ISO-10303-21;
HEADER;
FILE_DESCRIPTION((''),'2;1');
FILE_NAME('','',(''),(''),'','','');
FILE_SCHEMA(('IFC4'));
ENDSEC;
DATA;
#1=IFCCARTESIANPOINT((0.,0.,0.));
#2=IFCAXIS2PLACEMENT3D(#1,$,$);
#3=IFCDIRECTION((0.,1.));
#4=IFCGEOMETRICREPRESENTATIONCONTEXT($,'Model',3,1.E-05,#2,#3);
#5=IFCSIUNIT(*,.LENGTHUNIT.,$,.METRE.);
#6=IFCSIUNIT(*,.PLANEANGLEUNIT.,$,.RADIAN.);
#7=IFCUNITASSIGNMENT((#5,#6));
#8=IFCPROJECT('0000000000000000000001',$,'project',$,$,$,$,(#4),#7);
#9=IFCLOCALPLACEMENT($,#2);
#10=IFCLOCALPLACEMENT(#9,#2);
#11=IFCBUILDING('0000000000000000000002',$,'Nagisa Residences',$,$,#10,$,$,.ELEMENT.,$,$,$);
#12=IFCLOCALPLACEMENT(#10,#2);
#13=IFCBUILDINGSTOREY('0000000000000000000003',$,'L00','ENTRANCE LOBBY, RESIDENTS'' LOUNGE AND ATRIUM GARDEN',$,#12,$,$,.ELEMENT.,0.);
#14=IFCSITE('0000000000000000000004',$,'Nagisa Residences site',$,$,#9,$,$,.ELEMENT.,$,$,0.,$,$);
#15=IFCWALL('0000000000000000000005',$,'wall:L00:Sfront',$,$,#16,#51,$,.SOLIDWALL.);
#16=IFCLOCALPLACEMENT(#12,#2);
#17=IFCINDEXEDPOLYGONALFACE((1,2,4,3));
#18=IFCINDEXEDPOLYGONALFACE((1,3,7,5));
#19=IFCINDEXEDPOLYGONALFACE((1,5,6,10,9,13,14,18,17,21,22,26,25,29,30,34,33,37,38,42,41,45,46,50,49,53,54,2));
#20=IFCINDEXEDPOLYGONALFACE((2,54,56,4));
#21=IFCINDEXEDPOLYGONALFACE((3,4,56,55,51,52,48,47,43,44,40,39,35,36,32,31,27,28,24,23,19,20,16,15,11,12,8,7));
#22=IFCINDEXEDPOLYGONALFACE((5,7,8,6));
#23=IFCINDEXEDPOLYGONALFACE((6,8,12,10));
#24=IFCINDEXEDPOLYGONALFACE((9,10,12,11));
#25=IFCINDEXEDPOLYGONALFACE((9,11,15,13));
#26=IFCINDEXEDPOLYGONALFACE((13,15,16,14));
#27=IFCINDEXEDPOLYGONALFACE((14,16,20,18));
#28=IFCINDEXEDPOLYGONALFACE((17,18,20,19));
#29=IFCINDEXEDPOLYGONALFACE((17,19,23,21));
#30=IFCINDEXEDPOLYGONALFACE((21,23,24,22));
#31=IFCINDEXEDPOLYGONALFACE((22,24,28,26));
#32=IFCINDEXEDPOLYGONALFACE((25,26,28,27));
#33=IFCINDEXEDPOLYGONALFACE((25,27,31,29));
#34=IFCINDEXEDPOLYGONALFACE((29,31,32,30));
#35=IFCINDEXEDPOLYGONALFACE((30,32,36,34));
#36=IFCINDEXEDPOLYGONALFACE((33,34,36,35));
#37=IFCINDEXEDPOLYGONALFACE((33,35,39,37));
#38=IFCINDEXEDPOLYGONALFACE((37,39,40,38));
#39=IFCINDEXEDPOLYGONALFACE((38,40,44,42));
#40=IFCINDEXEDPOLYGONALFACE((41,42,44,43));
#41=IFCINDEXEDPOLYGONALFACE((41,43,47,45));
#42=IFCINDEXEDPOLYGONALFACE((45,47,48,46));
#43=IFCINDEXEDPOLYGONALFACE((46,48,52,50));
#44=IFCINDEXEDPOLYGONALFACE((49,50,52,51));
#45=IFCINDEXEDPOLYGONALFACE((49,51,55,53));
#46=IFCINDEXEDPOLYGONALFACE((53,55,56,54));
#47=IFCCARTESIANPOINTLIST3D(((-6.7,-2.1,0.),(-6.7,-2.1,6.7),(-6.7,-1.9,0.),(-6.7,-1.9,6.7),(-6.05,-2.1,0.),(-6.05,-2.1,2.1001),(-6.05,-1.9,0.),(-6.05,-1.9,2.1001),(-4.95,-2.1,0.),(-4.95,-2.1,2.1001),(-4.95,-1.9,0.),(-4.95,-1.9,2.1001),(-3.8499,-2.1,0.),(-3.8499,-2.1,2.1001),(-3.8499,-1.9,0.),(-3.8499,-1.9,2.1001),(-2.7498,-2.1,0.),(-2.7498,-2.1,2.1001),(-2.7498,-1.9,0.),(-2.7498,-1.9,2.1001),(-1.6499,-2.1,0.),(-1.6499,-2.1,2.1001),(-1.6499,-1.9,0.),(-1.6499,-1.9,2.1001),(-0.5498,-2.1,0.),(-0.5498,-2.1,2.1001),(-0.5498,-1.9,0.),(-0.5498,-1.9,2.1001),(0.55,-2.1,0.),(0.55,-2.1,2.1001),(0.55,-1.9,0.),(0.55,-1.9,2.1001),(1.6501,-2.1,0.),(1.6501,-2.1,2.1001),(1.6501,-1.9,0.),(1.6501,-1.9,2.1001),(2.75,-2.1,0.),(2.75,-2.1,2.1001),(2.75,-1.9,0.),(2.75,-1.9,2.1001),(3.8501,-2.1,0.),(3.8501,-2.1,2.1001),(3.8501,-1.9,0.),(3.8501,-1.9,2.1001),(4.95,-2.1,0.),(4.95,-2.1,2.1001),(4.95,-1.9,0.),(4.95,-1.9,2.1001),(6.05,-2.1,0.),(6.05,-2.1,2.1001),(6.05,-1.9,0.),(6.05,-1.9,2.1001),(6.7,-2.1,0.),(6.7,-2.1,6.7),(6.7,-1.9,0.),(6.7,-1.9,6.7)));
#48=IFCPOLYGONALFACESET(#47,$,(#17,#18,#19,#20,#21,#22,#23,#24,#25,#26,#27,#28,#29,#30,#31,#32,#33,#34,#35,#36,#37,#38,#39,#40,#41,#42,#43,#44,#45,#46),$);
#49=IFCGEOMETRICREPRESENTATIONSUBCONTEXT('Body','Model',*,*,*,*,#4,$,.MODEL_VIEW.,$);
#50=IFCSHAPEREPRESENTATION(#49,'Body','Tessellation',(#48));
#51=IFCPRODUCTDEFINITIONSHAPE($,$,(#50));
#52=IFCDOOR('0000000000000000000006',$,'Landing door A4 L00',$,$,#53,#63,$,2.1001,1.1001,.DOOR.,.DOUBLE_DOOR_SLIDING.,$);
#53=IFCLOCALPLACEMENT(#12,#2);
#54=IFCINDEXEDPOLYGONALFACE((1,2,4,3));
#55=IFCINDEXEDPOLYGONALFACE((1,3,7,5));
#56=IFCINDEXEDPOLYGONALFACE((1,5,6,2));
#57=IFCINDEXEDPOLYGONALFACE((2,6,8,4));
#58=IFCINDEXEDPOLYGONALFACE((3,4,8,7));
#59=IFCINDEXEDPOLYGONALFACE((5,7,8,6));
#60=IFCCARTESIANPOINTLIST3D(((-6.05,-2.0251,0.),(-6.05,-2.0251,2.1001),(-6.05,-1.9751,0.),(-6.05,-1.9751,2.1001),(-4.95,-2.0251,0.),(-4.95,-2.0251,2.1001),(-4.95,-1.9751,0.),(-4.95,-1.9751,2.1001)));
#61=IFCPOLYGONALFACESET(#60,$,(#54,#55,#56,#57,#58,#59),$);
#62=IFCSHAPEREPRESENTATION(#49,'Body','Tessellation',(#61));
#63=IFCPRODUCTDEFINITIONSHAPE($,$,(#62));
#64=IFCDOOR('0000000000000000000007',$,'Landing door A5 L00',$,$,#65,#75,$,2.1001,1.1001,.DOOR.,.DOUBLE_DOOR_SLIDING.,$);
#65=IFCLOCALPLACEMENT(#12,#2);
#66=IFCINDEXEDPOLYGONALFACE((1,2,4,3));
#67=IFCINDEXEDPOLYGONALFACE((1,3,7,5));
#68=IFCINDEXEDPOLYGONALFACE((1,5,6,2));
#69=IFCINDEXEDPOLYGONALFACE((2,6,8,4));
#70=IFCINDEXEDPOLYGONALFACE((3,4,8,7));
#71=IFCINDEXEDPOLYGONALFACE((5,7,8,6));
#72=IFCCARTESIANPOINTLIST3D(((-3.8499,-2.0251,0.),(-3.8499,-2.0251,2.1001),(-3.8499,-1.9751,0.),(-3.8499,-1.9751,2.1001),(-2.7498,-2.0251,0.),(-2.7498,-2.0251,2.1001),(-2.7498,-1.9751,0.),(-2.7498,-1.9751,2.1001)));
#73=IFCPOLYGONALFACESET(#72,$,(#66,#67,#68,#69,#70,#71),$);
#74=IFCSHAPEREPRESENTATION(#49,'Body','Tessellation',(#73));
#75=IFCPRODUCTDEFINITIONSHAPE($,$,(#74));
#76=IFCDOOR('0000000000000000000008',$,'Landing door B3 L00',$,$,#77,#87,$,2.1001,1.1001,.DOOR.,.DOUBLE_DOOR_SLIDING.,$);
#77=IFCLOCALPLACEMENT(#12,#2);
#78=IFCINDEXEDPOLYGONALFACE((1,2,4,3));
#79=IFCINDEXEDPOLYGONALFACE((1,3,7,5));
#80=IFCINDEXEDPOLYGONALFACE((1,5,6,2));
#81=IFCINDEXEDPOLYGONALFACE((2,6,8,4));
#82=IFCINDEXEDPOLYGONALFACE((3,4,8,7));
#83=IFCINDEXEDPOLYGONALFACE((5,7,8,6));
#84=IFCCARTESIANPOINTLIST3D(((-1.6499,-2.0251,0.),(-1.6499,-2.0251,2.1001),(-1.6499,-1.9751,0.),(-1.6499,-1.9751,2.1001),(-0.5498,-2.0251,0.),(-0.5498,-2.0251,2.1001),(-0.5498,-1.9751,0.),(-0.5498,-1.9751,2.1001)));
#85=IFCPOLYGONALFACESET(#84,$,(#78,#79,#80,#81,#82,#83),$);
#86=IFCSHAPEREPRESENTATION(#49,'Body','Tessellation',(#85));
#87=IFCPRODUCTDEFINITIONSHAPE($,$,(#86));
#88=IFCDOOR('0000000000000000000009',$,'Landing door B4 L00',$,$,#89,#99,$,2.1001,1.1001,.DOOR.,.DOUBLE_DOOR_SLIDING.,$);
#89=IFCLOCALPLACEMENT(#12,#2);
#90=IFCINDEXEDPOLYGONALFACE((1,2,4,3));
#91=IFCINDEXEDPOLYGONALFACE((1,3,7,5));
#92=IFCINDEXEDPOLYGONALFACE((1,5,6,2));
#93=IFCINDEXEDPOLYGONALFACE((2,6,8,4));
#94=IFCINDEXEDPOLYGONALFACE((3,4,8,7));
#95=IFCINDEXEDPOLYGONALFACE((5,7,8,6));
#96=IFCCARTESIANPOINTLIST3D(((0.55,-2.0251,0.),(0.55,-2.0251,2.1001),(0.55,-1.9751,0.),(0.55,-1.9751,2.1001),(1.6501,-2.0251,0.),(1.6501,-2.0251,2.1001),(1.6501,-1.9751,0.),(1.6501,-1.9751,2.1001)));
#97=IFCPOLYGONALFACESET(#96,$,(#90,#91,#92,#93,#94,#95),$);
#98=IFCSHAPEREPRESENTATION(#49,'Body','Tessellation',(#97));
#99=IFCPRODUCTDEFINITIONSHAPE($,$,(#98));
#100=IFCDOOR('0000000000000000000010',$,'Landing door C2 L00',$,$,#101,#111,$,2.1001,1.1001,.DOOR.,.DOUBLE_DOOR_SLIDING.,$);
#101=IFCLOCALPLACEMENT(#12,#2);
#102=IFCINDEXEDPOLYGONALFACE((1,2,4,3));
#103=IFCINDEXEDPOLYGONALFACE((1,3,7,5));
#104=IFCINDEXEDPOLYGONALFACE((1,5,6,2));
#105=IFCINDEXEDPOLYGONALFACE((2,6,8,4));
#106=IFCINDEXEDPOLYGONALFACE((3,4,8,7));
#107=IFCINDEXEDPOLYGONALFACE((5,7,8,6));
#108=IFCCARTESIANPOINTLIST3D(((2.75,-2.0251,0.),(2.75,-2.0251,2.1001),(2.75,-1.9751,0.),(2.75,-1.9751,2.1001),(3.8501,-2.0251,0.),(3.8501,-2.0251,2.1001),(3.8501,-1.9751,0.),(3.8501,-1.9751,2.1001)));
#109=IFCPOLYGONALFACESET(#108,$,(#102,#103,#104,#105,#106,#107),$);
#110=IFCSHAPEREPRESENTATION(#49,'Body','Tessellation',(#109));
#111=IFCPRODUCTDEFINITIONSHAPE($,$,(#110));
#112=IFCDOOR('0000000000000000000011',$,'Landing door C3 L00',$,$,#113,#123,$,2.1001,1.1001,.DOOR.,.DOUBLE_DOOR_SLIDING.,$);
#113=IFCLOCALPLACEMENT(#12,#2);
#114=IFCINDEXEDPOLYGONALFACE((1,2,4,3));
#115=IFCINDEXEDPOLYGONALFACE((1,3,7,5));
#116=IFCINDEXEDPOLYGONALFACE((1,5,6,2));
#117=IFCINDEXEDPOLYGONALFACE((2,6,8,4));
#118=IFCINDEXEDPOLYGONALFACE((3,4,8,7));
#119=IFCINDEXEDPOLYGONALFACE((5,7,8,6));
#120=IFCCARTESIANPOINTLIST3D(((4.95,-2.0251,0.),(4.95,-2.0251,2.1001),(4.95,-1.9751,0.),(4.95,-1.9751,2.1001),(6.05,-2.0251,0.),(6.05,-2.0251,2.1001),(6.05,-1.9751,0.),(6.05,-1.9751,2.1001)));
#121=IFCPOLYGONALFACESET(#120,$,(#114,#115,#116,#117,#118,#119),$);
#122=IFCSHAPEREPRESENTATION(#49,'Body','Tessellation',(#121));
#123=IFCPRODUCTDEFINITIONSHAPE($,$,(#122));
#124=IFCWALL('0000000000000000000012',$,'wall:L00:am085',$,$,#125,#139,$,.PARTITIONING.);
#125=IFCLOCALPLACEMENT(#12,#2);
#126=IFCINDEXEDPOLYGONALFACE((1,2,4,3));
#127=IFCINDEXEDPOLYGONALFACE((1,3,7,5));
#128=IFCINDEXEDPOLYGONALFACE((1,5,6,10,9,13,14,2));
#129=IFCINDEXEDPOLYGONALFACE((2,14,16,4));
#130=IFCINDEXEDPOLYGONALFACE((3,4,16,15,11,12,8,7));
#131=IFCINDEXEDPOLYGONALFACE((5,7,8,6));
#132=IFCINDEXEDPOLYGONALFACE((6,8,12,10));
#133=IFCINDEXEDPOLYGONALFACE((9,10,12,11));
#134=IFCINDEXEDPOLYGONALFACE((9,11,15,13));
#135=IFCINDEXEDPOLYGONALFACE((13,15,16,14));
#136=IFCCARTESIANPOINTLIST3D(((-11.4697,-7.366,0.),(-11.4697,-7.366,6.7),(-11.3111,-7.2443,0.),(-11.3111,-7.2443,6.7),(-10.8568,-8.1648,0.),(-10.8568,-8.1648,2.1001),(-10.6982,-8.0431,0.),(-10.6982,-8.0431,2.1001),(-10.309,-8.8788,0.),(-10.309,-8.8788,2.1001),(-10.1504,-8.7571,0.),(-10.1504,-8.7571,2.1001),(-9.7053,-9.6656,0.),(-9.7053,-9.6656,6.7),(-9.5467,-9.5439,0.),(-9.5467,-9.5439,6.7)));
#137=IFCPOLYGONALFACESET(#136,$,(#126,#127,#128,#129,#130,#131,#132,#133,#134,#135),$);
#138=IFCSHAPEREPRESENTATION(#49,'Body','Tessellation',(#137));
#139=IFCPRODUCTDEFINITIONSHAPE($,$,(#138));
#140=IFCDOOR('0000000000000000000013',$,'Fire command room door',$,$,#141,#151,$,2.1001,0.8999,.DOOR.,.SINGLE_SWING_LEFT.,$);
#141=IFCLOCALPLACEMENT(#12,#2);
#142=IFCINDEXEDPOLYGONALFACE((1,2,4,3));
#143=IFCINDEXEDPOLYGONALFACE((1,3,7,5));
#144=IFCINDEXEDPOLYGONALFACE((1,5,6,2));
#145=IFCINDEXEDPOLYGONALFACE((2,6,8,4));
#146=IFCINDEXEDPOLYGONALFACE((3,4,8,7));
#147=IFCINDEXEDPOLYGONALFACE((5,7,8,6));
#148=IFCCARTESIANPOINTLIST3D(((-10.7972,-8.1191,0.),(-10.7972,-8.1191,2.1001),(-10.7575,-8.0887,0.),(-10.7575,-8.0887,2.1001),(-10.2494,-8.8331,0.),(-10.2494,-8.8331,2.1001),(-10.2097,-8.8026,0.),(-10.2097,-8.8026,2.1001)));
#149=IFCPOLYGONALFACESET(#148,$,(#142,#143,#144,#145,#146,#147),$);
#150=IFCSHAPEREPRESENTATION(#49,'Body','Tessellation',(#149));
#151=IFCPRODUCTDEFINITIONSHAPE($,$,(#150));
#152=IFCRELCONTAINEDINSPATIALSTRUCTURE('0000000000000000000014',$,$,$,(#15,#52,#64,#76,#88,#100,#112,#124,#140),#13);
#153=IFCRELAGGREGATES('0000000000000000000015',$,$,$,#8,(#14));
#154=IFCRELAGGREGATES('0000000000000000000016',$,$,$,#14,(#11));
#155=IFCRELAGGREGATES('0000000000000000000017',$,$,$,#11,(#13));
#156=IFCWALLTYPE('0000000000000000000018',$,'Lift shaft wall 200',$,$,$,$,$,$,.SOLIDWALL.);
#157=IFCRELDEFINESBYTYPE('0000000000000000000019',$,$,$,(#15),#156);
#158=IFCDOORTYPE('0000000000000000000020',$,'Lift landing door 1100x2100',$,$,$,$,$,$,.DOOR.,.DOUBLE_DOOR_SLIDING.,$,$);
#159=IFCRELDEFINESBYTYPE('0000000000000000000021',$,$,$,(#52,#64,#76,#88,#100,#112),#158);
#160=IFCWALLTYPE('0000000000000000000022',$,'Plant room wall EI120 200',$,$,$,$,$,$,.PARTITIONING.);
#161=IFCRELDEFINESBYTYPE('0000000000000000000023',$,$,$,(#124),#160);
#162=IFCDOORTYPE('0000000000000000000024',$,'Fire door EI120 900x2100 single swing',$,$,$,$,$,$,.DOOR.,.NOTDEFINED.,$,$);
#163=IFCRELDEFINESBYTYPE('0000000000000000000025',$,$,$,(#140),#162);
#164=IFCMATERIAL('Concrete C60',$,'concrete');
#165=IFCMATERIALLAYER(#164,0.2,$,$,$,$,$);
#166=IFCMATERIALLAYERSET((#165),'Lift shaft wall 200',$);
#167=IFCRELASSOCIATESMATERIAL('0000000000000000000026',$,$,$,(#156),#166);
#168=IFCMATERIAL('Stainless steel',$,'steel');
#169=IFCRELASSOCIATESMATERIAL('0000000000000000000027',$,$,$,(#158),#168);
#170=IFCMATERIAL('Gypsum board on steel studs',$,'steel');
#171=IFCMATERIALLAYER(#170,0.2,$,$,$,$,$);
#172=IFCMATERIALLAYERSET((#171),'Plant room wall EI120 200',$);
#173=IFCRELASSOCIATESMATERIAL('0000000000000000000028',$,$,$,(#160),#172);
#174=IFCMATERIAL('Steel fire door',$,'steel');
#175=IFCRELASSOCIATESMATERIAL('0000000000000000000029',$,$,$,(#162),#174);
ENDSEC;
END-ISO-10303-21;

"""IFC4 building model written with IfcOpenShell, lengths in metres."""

from ifc_helpers import new_model, si_unit, direction, frame, frame_2d, origin, place, context, subcontext, project, spatial, rectangle, extrude, material, layer, layer_set, type_object, element, fill, save


model = new_model("IFC4")

# Units and contexts
model_context = context("Model", 3, precision=1e-05, world=origin(), true_north=direction((0.0, 1.0)))
body_context = subcontext(model_context, "Body", "Model", "MODEL_VIEW")
ifc_project = project(units=[si_unit("LENGTHUNIT", "METRE"), si_unit("PLANEANGLEUNIT", "RADIAN")], contexts=[model_context])

# Site, building, storey
site_placement = place(None, origin())
site = spatial("IfcSite", under=ifc_project, at=site_placement, Name="Nagisa Residences site", CompositionType="ELEMENT", RefElevation=0.0)
building_placement = place(site_placement, origin())
building = spatial("IfcBuilding", under=site, at=building_placement, Name="Nagisa Residences", CompositionType="ELEMENT")
storey_placement = place(building_placement, origin())
storey = spatial("IfcBuildingStorey", under=building, at=storey_placement, Name="L00", Description="ENTRANCE LOBBY, RESIDENTS' LOUNGE AND ATRIUM GARDEN", CompositionType="ELEMENT", Elevation=0.0)

# Shared definitions
ifc_material_1 = material(Name="Concrete C60", Category="concrete")
ifc_layer_1 = layer(ifc_material_1, 0.2)
ifc_layer_set_1 = layer_set([ifc_layer_1], Name="Lift shaft wall 200")
wall_type_1 = type_object("IfcWallType", Name="Lift shaft wall 200", PredefinedType="SOLIDWALL", material=ifc_layer_set_1)

# Wall, openings, doors
wall_1_placement = place(storey_placement, frame((-6.7, -2.0, 0.0), z_axis=(0.0, 0.0, 1.0), x_axis=(1.0, 0.0, 0.0)))
wall_1 = element("IfcWall", 1, at=wall_1_placement, inside=storey, type_object=wall_type_1, Name="wall:L00:Sfront", PredefinedType="SOLIDWALL", context=body_context, shape_type="SweptSolid", body=[
    extrude(rectangle(XDim=13.3999, YDim=0.2, at=frame_2d((6.7, 0.0))), origin(), (0.0, 0.0, 1.0), 6.7),
])
opening_1_placement = place(wall_1_placement, frame((0.6499, 0.0, 0.0)))
opening_1 = element("IfcOpeningElement", 2, at=opening_1_placement, cuts=wall_1, PredefinedType="OPENING", context=body_context, shape_type="SweptSolid", body=[
    extrude(rectangle(XDim=1.1001, YDim=2.1001, at=frame_2d((0.55, 1.05))), frame((0.0, 0.1099, 0.0), z_axis=(0.0, -1.0, 0.0), x_axis=(1.0, 0.0, 0.0)), (0.0, 0.0, 1.0), 0.22),
])
opening_2_placement = place(wall_1_placement, frame((2.8501, 0.0, 0.0)))
opening_2 = element("IfcOpeningElement", 3, at=opening_2_placement, cuts=wall_1, PredefinedType="OPENING", context=body_context, shape_type="SweptSolid", body=[
    extrude(rectangle(XDim=1.1001, YDim=2.1001, at=frame_2d((0.55, 1.05))), frame((0.0, 0.1099, 0.0), z_axis=(0.0, -1.0, 0.0), x_axis=(1.0, 0.0, 0.0)), (0.0, 0.0, 1.0), 0.22),
])
opening_3_placement = place(wall_1_placement, frame((5.05, 0.0, 0.0)))
opening_3 = element("IfcOpeningElement", 4, at=opening_3_placement, cuts=wall_1, PredefinedType="OPENING", context=body_context, shape_type="SweptSolid", body=[
    extrude(rectangle(XDim=1.1001, YDim=2.1001, at=frame_2d((0.55, 1.05))), frame((0.0, 0.1099, 0.0), z_axis=(0.0, -1.0, 0.0), x_axis=(1.0, 0.0, 0.0)), (0.0, 0.0, 1.0), 0.22),
])
opening_4_placement = place(wall_1_placement, frame((7.25, 0.0, 0.0)))
opening_4 = element("IfcOpeningElement", 5, at=opening_4_placement, cuts=wall_1, PredefinedType="OPENING", context=body_context, shape_type="SweptSolid", body=[
    extrude(rectangle(XDim=1.1001, YDim=2.1001, at=frame_2d((0.55, 1.05))), frame((0.0, 0.1099, 0.0), z_axis=(0.0, -1.0, 0.0), x_axis=(1.0, 0.0, 0.0)), (0.0, 0.0, 1.0), 0.22),
])
opening_5_placement = place(wall_1_placement, frame((9.45, 0.0, 0.0)))
opening_5 = element("IfcOpeningElement", 6, at=opening_5_placement, cuts=wall_1, PredefinedType="OPENING", context=body_context, shape_type="SweptSolid", body=[
    extrude(rectangle(XDim=1.1001, YDim=2.1001, at=frame_2d((0.55, 1.05))), frame((0.0, 0.1099, 0.0), z_axis=(0.0, -1.0, 0.0), x_axis=(1.0, 0.0, 0.0)), (0.0, 0.0, 1.0), 0.22),
])
opening_6_placement = place(wall_1_placement, frame((11.6499, 0.0, 0.0)))
opening_6 = element("IfcOpeningElement", 7, at=opening_6_placement, cuts=wall_1, PredefinedType="OPENING", context=body_context, shape_type="SweptSolid", body=[
    extrude(rectangle(XDim=1.1001, YDim=2.1001, at=frame_2d((0.55, 1.05))), frame((0.0, 0.1099, 0.0), z_axis=(0.0, -1.0, 0.0), x_axis=(1.0, 0.0, 0.0)), (0.0, 0.0, 1.0), 0.22),
])
ifc_material_2 = material(Name="Stainless steel", Category="steel")
door_type_1 = type_object("IfcDoorType", Name="Lift landing door 1100x2100", OperationType="DOUBLE_DOOR_SLIDING", PredefinedType="DOOR", material=ifc_material_2)
door_1_placement = place(opening_1_placement, origin())
door_1 = element("IfcDoor", 8, at=door_1_placement, inside=storey, type_object=door_type_1, Name="Landing door A4 L00", OperationType="DOUBLE_DOOR_SLIDING", OverallHeight=2.1001, OverallWidth=1.1001, PredefinedType="DOOR", context=body_context, shape_type="SweptSolid", body=[
    extrude(rectangle(XDim=1.1001, YDim=2.1001, at=frame_2d((0.55, 1.05))), frame((0.0, 0.0249, 0.0), z_axis=(0.0, -1.0, 0.0), x_axis=(1.0, 0.0, 0.0)), (0.0, 0.0, 1.0), 0.05),
])
fill(opening_1, door_1)
door_2_placement = place(opening_2_placement, origin())
door_2 = element("IfcDoor", 9, at=door_2_placement, inside=storey, type_object=door_type_1, Name="Landing door A5 L00", OperationType="DOUBLE_DOOR_SLIDING", OverallHeight=2.1001, OverallWidth=1.1001, PredefinedType="DOOR", context=body_context, shape_type="SweptSolid", body=[
    extrude(rectangle(XDim=1.1001, YDim=2.1001, at=frame_2d((0.55, 1.05))), frame((0.0, 0.0249, 0.0), z_axis=(0.0, -1.0, 0.0), x_axis=(1.0, 0.0, 0.0)), (0.0, 0.0, 1.0), 0.05),
])
fill(opening_2, door_2)
door_3_placement = place(opening_3_placement, origin())
door_3 = element("IfcDoor", 10, at=door_3_placement, inside=storey, type_object=door_type_1, Name="Landing door B3 L00", OperationType="DOUBLE_DOOR_SLIDING", OverallHeight=2.1001, OverallWidth=1.1001, PredefinedType="DOOR", context=body_context, shape_type="SweptSolid", body=[
    extrude(rectangle(XDim=1.1001, YDim=2.1001, at=frame_2d((0.55, 1.05))), frame((0.0, 0.0249, 0.0), z_axis=(0.0, -1.0, 0.0), x_axis=(1.0, 0.0, 0.0)), (0.0, 0.0, 1.0), 0.05),
])
fill(opening_3, door_3)
door_4_placement = place(opening_4_placement, origin())
door_4 = element("IfcDoor", 11, at=door_4_placement, inside=storey, type_object=door_type_1, Name="Landing door B4 L00", OperationType="DOUBLE_DOOR_SLIDING", OverallHeight=2.1001, OverallWidth=1.1001, PredefinedType="DOOR", context=body_context, shape_type="SweptSolid", body=[
    extrude(rectangle(XDim=1.1001, YDim=2.1001, at=frame_2d((0.55, 1.05))), frame((0.0, 0.0249, 0.0), z_axis=(0.0, -1.0, 0.0), x_axis=(1.0, 0.0, 0.0)), (0.0, 0.0, 1.0), 0.05),
])
fill(opening_4, door_4)
door_5_placement = place(opening_5_placement, origin())
door_5 = element("IfcDoor", 12, at=door_5_placement, inside=storey, type_object=door_type_1, Name="Landing door C2 L00", OperationType="DOUBLE_DOOR_SLIDING", OverallHeight=2.1001, OverallWidth=1.1001, PredefinedType="DOOR", context=body_context, shape_type="SweptSolid", body=[
    extrude(rectangle(XDim=1.1001, YDim=2.1001, at=frame_2d((0.55, 1.05))), frame((0.0, 0.0249, 0.0), z_axis=(0.0, -1.0, 0.0), x_axis=(1.0, 0.0, 0.0)), (0.0, 0.0, 1.0), 0.05),
])
fill(opening_5, door_5)
door_6_placement = place(opening_6_placement, origin())
door_6 = element("IfcDoor", 13, at=door_6_placement, inside=storey, type_object=door_type_1, Name="Landing door C3 L00", OperationType="DOUBLE_DOOR_SLIDING", OverallHeight=2.1001, OverallWidth=1.1001, PredefinedType="DOOR", context=body_context, shape_type="SweptSolid", body=[
    extrude(rectangle(XDim=1.1001, YDim=2.1001, at=frame_2d((0.55, 1.05))), frame((0.0, 0.0249, 0.0), z_axis=(0.0, -1.0, 0.0), x_axis=(1.0, 0.0, 0.0)), (0.0, 0.0, 1.0), 0.05),
])
fill(opening_6, door_6)

# Wall, opening, door
ifc_material_3 = material(Name="Gypsum board on steel studs", Category="steel")
ifc_layer_2 = layer(ifc_material_3, 0.2)
ifc_layer_set_2 = layer_set([ifc_layer_2], Name="Plant room wall EI120 200")
wall_type_2 = type_object("IfcWallType", Name="Plant room wall EI120 200", PredefinedType="PARTITIONING", material=ifc_layer_set_2)
wall_2_placement = place(storey_placement, frame((-11.3904, -7.3052, 0.0), z_axis=(0.0, 0.0, 1.0), x_axis=(0.608737, -0.793372, 0.0)))
wall_2 = element("IfcWall", 14, at=wall_2_placement, inside=storey, type_object=wall_type_2, Name="wall:L00:am085", PredefinedType="PARTITIONING", context=body_context, shape_type="SweptSolid", body=[
    extrude(rectangle(XDim=2.8984, YDim=0.2, at=frame_2d((1.4492, 0.0))), origin(), (0.0, 0.0, 1.0), 6.7),
])
opening_7_placement = place(wall_2_placement, frame((1.0068, 0.0, 0.0)))
opening_7 = element("IfcOpeningElement", 15, at=opening_7_placement, cuts=wall_2, PredefinedType="OPENING", context=body_context, shape_type="SweptSolid", body=[
    extrude(rectangle(XDim=0.8999, YDim=2.1001, at=frame_2d((0.45, 1.05))), frame((0.0, 0.1099, 0.0), z_axis=(0.0, -1.0, 0.0), x_axis=(1.0, 0.0, 0.0)), (0.0, 0.0, 1.0), 0.22),
])
ifc_material_4 = material(Name="Steel fire door", Category="steel")
door_type_2 = type_object("IfcDoorType", Name="Fire door EI120 900x2100 single swing", OperationType="NOTDEFINED", PredefinedType="DOOR", material=ifc_material_4)
door_7_placement = place(opening_7_placement, frame((0.8999, 0.0, 0.0), x_axis=(-1.0, 0.0, 0.0)))
door_7 = element("IfcDoor", 16, at=door_7_placement, inside=storey, type_object=door_type_2, Name="Fire command room door", OperationType="SINGLE_SWING_LEFT", OverallHeight=2.1001, OverallWidth=0.8999, PredefinedType="DOOR", context=body_context, shape_type="SweptSolid", body=[
    extrude(rectangle(XDim=0.8999, YDim=2.1001, at=frame_2d((0.45, 1.05))), frame((0.0, 0.0249, 0.0), z_axis=(0.0, -1.0, 0.0), x_axis=(1.0, 0.0, 0.0)), (0.0, 0.0, 1.0), 0.05),
])
fill(opening_7, door_7)

save(model, "model.ifc")
